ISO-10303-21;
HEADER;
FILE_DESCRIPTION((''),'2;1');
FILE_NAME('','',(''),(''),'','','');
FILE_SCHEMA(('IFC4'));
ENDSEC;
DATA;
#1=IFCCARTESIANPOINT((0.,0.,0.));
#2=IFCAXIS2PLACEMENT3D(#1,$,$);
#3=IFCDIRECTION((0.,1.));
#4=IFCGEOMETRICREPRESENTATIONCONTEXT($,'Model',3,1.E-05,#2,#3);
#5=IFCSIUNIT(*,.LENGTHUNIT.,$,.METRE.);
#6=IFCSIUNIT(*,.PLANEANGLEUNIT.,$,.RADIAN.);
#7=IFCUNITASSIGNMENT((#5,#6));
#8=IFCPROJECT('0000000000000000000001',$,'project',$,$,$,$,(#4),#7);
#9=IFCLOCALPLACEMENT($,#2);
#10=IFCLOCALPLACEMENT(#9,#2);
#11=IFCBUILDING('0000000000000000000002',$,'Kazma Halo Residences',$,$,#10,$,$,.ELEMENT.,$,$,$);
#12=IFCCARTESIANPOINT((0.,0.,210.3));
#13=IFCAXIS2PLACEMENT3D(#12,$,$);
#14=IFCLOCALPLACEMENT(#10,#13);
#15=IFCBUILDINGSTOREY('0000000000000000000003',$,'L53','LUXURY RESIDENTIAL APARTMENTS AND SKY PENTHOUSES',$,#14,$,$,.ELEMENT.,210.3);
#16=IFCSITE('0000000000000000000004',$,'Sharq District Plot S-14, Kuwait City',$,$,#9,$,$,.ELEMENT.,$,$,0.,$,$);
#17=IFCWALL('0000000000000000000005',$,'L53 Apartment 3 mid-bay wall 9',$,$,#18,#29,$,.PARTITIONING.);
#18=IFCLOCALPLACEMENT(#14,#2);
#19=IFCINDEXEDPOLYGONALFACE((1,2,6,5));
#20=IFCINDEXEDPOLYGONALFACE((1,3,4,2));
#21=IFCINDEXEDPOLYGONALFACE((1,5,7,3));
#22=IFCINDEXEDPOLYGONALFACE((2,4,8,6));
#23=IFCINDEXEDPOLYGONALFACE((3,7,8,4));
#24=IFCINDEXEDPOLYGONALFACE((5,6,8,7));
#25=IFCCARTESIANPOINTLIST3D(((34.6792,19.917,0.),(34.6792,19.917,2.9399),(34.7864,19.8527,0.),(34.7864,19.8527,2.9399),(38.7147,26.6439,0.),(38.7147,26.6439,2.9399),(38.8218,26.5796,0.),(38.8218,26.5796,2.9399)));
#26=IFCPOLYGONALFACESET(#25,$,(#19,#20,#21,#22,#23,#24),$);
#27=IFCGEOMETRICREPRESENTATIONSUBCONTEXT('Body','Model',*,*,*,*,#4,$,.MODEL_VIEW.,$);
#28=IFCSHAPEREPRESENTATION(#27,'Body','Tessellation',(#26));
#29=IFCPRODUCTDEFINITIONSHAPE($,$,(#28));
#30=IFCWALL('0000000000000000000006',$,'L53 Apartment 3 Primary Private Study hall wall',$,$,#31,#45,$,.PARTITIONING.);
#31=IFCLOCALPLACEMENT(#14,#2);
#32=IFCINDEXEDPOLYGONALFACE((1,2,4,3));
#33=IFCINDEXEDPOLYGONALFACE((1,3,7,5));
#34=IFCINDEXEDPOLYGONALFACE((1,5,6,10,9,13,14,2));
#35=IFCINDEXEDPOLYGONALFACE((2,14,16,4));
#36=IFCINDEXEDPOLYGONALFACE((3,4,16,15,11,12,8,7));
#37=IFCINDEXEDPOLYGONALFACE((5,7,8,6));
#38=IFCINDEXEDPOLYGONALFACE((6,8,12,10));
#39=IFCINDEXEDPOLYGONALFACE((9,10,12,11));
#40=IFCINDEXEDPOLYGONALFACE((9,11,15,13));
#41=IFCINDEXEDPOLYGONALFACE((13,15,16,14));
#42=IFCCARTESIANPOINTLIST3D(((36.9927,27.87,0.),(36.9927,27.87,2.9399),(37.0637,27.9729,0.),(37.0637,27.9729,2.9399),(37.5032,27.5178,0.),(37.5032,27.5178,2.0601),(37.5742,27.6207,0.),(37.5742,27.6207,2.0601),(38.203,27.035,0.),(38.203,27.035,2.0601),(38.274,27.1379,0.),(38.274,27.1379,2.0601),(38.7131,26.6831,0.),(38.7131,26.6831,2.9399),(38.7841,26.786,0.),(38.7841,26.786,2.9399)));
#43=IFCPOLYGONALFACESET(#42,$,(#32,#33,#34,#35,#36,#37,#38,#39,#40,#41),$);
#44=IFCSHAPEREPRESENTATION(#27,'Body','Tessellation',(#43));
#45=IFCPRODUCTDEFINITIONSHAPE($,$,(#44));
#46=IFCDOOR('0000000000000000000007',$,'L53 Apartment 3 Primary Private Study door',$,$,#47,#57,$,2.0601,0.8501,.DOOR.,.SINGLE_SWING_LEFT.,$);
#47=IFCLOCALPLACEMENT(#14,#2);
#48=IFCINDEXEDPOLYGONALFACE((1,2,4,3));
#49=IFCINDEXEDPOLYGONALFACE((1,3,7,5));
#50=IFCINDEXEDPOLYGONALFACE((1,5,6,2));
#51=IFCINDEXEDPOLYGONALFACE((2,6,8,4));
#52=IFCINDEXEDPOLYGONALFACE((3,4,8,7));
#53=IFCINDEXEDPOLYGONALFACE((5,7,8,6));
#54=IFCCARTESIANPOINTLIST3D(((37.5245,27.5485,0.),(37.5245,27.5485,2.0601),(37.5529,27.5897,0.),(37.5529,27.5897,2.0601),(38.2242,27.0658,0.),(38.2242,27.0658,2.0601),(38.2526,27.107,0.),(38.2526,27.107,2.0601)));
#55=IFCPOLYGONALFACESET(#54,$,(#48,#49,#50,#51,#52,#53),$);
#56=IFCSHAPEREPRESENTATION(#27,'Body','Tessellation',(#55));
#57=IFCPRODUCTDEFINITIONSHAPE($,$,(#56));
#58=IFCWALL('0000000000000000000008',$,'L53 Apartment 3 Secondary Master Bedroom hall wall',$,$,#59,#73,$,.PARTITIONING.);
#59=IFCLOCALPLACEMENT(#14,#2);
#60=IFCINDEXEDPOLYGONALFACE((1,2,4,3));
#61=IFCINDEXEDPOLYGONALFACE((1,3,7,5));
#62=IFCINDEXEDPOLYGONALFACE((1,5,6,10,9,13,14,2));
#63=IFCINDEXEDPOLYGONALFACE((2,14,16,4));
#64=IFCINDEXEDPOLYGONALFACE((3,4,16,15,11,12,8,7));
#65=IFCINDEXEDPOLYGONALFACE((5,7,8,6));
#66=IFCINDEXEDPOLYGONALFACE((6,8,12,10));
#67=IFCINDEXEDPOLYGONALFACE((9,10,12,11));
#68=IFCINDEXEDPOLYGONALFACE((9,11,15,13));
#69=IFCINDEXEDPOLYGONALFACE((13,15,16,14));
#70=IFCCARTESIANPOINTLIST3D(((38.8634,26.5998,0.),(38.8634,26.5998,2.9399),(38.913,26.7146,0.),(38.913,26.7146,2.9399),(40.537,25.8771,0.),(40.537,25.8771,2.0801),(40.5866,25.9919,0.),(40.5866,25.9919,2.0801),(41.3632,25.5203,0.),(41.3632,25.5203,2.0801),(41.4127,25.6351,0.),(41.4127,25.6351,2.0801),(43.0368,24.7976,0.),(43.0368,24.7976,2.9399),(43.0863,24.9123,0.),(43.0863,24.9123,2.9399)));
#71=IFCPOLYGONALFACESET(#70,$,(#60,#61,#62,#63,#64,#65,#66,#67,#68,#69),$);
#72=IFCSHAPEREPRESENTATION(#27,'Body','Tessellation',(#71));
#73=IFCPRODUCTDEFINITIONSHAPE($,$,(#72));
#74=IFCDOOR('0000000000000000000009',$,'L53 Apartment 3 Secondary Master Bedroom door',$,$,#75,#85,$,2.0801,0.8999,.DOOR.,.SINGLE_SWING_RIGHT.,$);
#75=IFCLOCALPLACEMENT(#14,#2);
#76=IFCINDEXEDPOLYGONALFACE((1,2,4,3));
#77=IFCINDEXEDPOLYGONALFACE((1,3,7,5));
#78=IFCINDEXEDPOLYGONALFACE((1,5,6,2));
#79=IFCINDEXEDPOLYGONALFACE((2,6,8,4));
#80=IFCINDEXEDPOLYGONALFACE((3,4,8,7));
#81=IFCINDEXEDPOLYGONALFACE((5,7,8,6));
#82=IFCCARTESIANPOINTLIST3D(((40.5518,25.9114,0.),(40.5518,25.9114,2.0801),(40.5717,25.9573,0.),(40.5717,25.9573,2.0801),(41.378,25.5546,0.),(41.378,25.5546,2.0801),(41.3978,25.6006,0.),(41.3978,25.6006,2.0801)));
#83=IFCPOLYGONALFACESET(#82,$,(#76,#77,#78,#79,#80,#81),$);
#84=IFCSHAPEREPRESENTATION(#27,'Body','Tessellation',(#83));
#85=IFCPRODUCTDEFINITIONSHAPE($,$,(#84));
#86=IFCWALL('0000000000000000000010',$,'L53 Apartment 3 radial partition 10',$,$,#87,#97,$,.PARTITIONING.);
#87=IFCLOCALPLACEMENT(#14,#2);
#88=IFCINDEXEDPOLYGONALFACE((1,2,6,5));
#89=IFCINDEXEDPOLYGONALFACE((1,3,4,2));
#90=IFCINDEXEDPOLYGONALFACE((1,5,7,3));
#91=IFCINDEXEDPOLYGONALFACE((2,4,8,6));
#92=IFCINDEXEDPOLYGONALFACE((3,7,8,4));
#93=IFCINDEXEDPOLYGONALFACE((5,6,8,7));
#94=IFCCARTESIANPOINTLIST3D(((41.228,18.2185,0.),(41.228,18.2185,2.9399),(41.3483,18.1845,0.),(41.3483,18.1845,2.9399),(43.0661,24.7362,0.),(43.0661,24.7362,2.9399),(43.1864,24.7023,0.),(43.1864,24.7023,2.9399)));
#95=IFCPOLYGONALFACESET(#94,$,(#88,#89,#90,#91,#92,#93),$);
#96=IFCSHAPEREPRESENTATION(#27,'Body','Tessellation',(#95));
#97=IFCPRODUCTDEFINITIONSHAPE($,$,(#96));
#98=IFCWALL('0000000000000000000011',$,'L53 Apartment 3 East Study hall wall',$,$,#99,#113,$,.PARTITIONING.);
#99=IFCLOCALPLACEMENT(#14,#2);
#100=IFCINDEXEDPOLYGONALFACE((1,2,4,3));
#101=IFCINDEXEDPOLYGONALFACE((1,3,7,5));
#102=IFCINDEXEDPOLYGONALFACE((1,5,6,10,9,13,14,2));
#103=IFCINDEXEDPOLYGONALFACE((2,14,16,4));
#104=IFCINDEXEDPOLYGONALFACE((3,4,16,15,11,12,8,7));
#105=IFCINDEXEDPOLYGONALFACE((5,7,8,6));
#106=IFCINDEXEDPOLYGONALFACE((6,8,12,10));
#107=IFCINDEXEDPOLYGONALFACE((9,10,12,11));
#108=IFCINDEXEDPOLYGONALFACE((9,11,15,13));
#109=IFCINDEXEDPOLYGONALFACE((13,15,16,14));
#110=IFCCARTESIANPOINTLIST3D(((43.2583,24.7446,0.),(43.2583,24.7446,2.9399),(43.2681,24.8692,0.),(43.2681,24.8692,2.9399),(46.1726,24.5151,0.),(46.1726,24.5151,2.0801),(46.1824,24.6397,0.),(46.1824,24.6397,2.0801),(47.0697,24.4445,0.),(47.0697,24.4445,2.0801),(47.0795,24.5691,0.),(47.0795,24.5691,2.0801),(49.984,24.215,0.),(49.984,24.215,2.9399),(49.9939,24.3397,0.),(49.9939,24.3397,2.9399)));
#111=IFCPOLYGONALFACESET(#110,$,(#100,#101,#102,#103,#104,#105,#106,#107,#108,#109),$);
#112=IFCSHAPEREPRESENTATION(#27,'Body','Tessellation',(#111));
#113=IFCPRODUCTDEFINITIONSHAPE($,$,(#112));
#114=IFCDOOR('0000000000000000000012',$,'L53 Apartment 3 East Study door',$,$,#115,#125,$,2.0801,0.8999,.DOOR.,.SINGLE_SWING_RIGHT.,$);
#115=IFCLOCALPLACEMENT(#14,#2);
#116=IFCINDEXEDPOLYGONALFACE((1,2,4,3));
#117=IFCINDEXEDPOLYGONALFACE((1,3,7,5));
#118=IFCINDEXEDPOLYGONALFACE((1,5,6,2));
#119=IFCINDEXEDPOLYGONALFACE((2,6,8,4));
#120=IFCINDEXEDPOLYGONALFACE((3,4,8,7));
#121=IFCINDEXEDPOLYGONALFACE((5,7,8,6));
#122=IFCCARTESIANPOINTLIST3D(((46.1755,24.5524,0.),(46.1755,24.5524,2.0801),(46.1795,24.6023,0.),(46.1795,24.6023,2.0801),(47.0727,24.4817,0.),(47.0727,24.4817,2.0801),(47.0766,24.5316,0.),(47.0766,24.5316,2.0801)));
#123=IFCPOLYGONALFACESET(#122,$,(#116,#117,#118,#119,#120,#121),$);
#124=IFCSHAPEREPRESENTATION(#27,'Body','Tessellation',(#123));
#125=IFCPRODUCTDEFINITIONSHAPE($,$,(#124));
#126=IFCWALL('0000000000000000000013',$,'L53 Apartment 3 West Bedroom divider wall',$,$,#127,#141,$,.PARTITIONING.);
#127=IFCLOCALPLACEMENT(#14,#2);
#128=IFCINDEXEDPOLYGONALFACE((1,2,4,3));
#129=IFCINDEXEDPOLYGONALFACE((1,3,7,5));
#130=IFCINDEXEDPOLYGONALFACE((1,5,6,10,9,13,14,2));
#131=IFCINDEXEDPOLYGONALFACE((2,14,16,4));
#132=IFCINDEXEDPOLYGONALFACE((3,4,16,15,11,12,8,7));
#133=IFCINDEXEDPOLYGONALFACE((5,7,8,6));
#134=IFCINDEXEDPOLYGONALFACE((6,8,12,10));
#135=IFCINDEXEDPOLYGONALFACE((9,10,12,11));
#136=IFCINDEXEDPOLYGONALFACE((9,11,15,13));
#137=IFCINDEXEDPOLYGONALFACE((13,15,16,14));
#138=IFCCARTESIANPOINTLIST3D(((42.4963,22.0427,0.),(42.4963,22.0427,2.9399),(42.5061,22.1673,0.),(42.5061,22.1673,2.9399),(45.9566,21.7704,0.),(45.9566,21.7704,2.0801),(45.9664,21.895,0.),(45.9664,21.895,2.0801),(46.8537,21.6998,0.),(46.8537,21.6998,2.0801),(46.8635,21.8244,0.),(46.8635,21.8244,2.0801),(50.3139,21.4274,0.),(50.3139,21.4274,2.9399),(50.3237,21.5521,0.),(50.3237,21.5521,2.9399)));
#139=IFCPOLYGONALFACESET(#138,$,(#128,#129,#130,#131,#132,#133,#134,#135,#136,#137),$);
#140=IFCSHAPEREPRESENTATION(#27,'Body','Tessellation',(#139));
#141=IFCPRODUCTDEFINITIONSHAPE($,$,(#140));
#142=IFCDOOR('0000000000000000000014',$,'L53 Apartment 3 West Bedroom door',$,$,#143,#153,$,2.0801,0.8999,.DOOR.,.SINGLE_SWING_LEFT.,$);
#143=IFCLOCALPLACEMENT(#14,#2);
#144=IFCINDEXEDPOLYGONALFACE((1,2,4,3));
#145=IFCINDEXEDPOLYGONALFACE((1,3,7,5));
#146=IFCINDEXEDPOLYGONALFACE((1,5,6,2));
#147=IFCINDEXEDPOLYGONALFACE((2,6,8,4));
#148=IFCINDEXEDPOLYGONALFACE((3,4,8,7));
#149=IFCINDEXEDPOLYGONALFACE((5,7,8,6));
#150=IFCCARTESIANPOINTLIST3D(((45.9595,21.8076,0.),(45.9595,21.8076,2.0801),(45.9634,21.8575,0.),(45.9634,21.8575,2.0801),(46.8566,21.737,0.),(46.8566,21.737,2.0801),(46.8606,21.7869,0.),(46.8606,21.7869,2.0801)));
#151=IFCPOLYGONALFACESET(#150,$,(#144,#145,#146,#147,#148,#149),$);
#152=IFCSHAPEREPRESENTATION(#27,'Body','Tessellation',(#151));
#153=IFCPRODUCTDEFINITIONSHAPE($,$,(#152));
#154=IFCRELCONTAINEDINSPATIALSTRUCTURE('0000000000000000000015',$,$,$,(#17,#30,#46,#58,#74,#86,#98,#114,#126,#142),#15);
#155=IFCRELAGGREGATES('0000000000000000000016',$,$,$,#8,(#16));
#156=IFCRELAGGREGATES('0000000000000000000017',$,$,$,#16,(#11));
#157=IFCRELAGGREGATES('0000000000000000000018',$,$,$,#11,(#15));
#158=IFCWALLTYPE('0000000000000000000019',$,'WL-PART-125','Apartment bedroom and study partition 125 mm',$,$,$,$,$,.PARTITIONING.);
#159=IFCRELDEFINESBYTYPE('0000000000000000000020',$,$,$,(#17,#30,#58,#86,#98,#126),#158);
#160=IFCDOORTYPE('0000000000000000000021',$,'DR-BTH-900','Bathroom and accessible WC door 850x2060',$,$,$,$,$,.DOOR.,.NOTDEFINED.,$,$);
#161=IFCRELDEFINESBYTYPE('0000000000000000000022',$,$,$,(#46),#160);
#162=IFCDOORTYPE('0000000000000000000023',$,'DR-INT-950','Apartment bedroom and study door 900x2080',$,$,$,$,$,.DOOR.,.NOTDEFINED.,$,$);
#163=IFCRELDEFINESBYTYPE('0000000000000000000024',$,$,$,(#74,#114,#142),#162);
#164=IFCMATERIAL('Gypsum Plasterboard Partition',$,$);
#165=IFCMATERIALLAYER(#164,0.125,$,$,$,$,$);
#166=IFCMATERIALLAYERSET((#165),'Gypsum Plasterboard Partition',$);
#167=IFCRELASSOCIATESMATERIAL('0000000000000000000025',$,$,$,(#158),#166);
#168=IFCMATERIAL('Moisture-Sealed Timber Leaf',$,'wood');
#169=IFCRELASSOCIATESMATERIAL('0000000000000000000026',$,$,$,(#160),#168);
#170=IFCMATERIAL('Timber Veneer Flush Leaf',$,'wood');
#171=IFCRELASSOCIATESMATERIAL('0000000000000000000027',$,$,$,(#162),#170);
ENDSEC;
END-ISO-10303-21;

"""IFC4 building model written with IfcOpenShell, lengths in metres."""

from ifc_helpers import new_model, si_unit, direction, frame, frame_2d, origin, place, context, subcontext, project, spatial, rectangle, extrude, material, layer, layer_set, type_object, element, fill, save


model = new_model("IFC4")

# Units and contexts
model_context = context("Model", 3, precision=1e-05, world=origin(), true_north=direction((0.0, 1.0)))
body_context = subcontext(model_context, "Body", "Model", "MODEL_VIEW")
ifc_project = project(units=[si_unit("LENGTHUNIT", "METRE"), si_unit("PLANEANGLEUNIT", "RADIAN")], contexts=[model_context])

# Site, building, storey
site_placement = place(None, origin())
site = spatial("IfcSite", under=ifc_project, at=site_placement, Name="Sharq District Plot S-14, Kuwait City", CompositionType="ELEMENT", RefElevation=0.0)
building_placement = place(site_placement, origin())
building = spatial("IfcBuilding", under=site, at=building_placement, Name="Kazma Halo Residences", CompositionType="ELEMENT")
storey_placement = place(building_placement, frame((0.0, 0.0, 210.3)))
storey = spatial("IfcBuildingStorey", under=building, at=storey_placement, Name="L53", Description="LUXURY RESIDENTIAL APARTMENTS AND SKY PENTHOUSES", CompositionType="ELEMENT", Elevation=210.3)

# Wall
ifc_material_1 = material(Name="Gypsum Plasterboard Partition")
ifc_layer_1 = layer(ifc_material_1, 0.125)
ifc_layer_set_1 = layer_set([ifc_layer_1], Name="Gypsum Plasterboard Partition")
wall_type_1 = type_object("IfcWallType", Name="WL-PART-125", Description="Apartment bedroom and study partition 125 mm", PredefinedType="PARTITIONING", material=ifc_layer_set_1)
wall_1_placement = place(storey_placement, frame((38.7683, 26.6118, 0.0), z_axis=(0.0, 0.0, 1.0), x_axis=(-0.514432, -0.857531, 0.0)))
element("IfcWall", 1, at=wall_1_placement, inside=storey, type_object=wall_type_1, Name="L53 Apartment 3 mid-bay wall 9", PredefinedType="PARTITIONING", context=body_context, shape_type="SweptSolid", body=[
    extrude(rectangle(XDim=7.8445, YDim=0.125, at=frame_2d((3.9224, 0.0))), origin(), (0.0, 0.0, 1.0), 2.9399),
])

# Walls, openings, doors
wall_2_placement = place(storey_placement, frame((37.0283, 27.9214, 0.0), z_axis=(0.0, 0.0, 1.0), x_axis=(0.823104, -0.567891, 0.0)))
wall_2 = element("IfcWall", 2, at=wall_2_placement, inside=storey, type_object=wall_type_1, Name="L53 Apartment 3 Primary Private Study hall wall", PredefinedType="PARTITIONING", context=body_context, shape_type="SweptSolid", body=[
    extrude(rectangle(XDim=2.0901, YDim=0.125, at=frame_2d((1.0449, 0.0))), origin(), (0.0, 0.0, 1.0), 2.9399),
])
opening_1_placement = place(wall_2_placement, frame((0.6201, 0.0, 0.0)))
opening_1 = element("IfcOpeningElement", 3, at=opening_1_placement, cuts=wall_2, PredefinedType="OPENING", context=body_context, shape_type="SweptSolid", body=[
    extrude(rectangle(XDim=0.8501, YDim=2.0601, at=frame_2d((0.425, 1.03))), frame((0.0, 0.0725, 0.0), z_axis=(0.0, -1.0, 0.0), x_axis=(1.0, 0.0, 0.0)), (0.0, 0.0, 1.0), 0.145),
])
ifc_material_2 = material(Name="Moisture-Sealed Timber Leaf", Category="wood")
door_type_1 = type_object("IfcDoorType", Name="DR-BTH-900", Description="Bathroom and accessible WC door 850x2060", OperationType="NOTDEFINED", PredefinedType="DOOR", material=ifc_material_2)
door_1_placement = place(opening_1_placement, origin())
door_1 = element("IfcDoor", 4, at=door_1_placement, inside=storey, type_object=door_type_1, Name="L53 Apartment 3 Primary Private Study door", OperationType="SINGLE_SWING_LEFT", OverallHeight=2.0601, OverallWidth=0.8501, PredefinedType="DOOR", context=body_context, shape_type="SweptSolid", body=[
    extrude(rectangle(XDim=0.8501, YDim=2.0601, at=frame_2d((0.425, 1.03))), frame((0.0, 0.0249, 0.0), z_axis=(0.0, -1.0, 0.0), x_axis=(1.0, 0.0, 0.0)), (0.0, 0.0, 1.0), 0.05),
])
fill(opening_1, door_1)
wall_3_placement = place(storey_placement, frame((38.8882, 26.6572, 0.0), z_axis=(0.0, 0.0, 1.0), x_axis=(0.918053, -0.396459, 0.0)))
wall_3 = element("IfcWall", 5, at=wall_3_placement, inside=storey, type_object=wall_type_1, Name="L53 Apartment 3 Secondary Master Bedroom hall wall", PredefinedType="PARTITIONING", context=body_context, shape_type="SweptSolid", body=[
    extrude(rectangle(XDim=4.5459, YDim=0.125, at=frame_2d((2.2729, 0.0))), origin(), (0.0, 0.0, 1.0), 2.9399),
])
opening_2_placement = place(wall_3_placement, frame((1.823, 0.0, 0.0)))
opening_2 = element("IfcOpeningElement", 6, at=opening_2_placement, cuts=wall_3, PredefinedType="OPENING", context=body_context, shape_type="SweptSolid", body=[
    extrude(rectangle(XDim=0.8999, YDim=2.0801, at=frame_2d((0.45, 1.04))), frame((0.0, 0.0725, 0.0), z_axis=(0.0, -1.0, 0.0), x_axis=(1.0, 0.0, 0.0)), (0.0, 0.0, 1.0), 0.145),
])
ifc_material_3 = material(Name="Timber Veneer Flush Leaf", Category="wood")
door_type_2 = type_object("IfcDoorType", Name="DR-INT-950", Description="Apartment bedroom and study door 900x2080", OperationType="NOTDEFINED", PredefinedType="DOOR", material=ifc_material_3)
door_2_placement = place(opening_2_placement, origin())
door_2 = element("IfcDoor", 7, at=door_2_placement, inside=storey, type_object=door_type_2, Name="L53 Apartment 3 Secondary Master Bedroom door", OperationType="SINGLE_SWING_RIGHT", OverallHeight=2.0801, OverallWidth=0.8999, PredefinedType="DOOR", context=body_context, shape_type="SweptSolid", body=[
    extrude(rectangle(XDim=0.8999, YDim=2.0801, at=frame_2d((0.45, 1.04))), frame((0.0, 0.0249, 0.0), z_axis=(0.0, -1.0, 0.0), x_axis=(1.0, 0.0, 0.0)), (0.0, 0.0, 1.0), 0.05),
])
fill(opening_2, door_2)

# Wall
wall_4_placement = place(storey_placement, frame((43.1262, 24.7192, 0.0), z_axis=(0.0, 0.0, 1.0), x_axis=(-0.271429, -0.962458, 0.0)))
element("IfcWall", 8, at=wall_4_placement, inside=storey, type_object=wall_type_1, Name="L53 Apartment 3 radial partition 10", PredefinedType="PARTITIONING", context=body_context, shape_type="SweptSolid", body=[
    extrude(rectangle(XDim=6.772, YDim=0.125, at=frame_2d((3.386, 0.0))), origin(), (0.0, 0.0, 1.0), 2.9399),
])

# Walls, openings, doors
wall_5_placement = place(storey_placement, frame((43.2632, 24.8069, 0.0), z_axis=(0.0, 0.0, 1.0), x_axis=(0.996915, -0.07849, 0.0)))
wall_5 = element("IfcWall", 9, at=wall_5_placement, inside=storey, type_object=wall_type_1, Name="L53 Apartment 3 East Study hall wall", PredefinedType="PARTITIONING", context=body_context, shape_type="SweptSolid", body=[
    extrude(rectangle(XDim=6.7466, YDim=0.125, at=frame_2d((3.3733, 0.0))), origin(), (0.0, 0.0, 1.0), 2.9399),
])
opening_3_placement = place(wall_5_placement, frame((2.9233, 0.0, 0.0)))
opening_3 = element("IfcOpeningElement", 10, at=opening_3_placement, cuts=wall_5, PredefinedType="OPENING", context=body_context, shape_type="SweptSolid", body=[
    extrude(rectangle(XDim=0.8999, YDim=2.0801, at=frame_2d((0.45, 1.04))), frame((0.0, 0.0725, 0.0), z_axis=(0.0, -1.0, 0.0), x_axis=(1.0, 0.0, 0.0)), (0.0, 0.0, 1.0), 0.145),
])
door_3_placement = place(opening_3_placement, origin())
door_3 = element("IfcDoor", 11, at=door_3_placement, inside=storey, type_object=door_type_2, Name="L53 Apartment 3 East Study door", OperationType="SINGLE_SWING_RIGHT", OverallHeight=2.0801, OverallWidth=0.8999, PredefinedType="DOOR", context=body_context, shape_type="SweptSolid", body=[
    extrude(rectangle(XDim=0.8999, YDim=2.0801, at=frame_2d((0.45, 1.04))), frame((0.0, 0.0249, 0.0), z_axis=(0.0, -1.0, 0.0), x_axis=(1.0, 0.0, 0.0)), (0.0, 0.0, 1.0), 0.05),
])
fill(opening_3, door_3)
wall_6_placement = place(storey_placement, frame((42.5012, 22.105, 0.0), z_axis=(0.0, 0.0, 1.0), x_axis=(0.996918, -0.078456, 0.0)))
wall_6 = element("IfcWall", 12, at=wall_6_placement, inside=storey, type_object=wall_type_1, Name="L53 Apartment 3 West Bedroom divider wall", PredefinedType="PARTITIONING", context=body_context, shape_type="SweptSolid", body=[
    extrude(rectangle(XDim=7.8418, YDim=0.125, at=frame_2d((3.9209, 0.0))), origin(), (0.0, 0.0, 1.0), 2.9399),
])
opening_4_placement = place(wall_6_placement, frame((3.4709, 0.0, 0.0)))
opening_4 = element("IfcOpeningElement", 13, at=opening_4_placement, cuts=wall_6, PredefinedType="OPENING", context=body_context, shape_type="SweptSolid", body=[
    extrude(rectangle(XDim=0.8999, YDim=2.0801, at=frame_2d((0.45, 1.04))), frame((0.0, 0.0725, 0.0), z_axis=(0.0, -1.0, 0.0), x_axis=(1.0, 0.0, 0.0)), (0.0, 0.0, 1.0), 0.145),
])
door_4_placement = place(opening_4_placement, origin())
door_4 = element("IfcDoor", 14, at=door_4_placement, inside=storey, type_object=door_type_2, Name="L53 Apartment 3 West Bedroom door", OperationType="SINGLE_SWING_LEFT", OverallHeight=2.0801, OverallWidth=0.8999, PredefinedType="DOOR", context=body_context, shape_type="SweptSolid", body=[
    extrude(rectangle(XDim=0.8999, YDim=2.0801, at=frame_2d((0.45, 1.04))), frame((0.0, 0.0249, 0.0), z_axis=(0.0, -1.0, 0.0), x_axis=(1.0, 0.0, 0.0)), (0.0, 0.0, 1.0), 0.05),
])
fill(opening_4, door_4)

save(model, "model.ifc")
